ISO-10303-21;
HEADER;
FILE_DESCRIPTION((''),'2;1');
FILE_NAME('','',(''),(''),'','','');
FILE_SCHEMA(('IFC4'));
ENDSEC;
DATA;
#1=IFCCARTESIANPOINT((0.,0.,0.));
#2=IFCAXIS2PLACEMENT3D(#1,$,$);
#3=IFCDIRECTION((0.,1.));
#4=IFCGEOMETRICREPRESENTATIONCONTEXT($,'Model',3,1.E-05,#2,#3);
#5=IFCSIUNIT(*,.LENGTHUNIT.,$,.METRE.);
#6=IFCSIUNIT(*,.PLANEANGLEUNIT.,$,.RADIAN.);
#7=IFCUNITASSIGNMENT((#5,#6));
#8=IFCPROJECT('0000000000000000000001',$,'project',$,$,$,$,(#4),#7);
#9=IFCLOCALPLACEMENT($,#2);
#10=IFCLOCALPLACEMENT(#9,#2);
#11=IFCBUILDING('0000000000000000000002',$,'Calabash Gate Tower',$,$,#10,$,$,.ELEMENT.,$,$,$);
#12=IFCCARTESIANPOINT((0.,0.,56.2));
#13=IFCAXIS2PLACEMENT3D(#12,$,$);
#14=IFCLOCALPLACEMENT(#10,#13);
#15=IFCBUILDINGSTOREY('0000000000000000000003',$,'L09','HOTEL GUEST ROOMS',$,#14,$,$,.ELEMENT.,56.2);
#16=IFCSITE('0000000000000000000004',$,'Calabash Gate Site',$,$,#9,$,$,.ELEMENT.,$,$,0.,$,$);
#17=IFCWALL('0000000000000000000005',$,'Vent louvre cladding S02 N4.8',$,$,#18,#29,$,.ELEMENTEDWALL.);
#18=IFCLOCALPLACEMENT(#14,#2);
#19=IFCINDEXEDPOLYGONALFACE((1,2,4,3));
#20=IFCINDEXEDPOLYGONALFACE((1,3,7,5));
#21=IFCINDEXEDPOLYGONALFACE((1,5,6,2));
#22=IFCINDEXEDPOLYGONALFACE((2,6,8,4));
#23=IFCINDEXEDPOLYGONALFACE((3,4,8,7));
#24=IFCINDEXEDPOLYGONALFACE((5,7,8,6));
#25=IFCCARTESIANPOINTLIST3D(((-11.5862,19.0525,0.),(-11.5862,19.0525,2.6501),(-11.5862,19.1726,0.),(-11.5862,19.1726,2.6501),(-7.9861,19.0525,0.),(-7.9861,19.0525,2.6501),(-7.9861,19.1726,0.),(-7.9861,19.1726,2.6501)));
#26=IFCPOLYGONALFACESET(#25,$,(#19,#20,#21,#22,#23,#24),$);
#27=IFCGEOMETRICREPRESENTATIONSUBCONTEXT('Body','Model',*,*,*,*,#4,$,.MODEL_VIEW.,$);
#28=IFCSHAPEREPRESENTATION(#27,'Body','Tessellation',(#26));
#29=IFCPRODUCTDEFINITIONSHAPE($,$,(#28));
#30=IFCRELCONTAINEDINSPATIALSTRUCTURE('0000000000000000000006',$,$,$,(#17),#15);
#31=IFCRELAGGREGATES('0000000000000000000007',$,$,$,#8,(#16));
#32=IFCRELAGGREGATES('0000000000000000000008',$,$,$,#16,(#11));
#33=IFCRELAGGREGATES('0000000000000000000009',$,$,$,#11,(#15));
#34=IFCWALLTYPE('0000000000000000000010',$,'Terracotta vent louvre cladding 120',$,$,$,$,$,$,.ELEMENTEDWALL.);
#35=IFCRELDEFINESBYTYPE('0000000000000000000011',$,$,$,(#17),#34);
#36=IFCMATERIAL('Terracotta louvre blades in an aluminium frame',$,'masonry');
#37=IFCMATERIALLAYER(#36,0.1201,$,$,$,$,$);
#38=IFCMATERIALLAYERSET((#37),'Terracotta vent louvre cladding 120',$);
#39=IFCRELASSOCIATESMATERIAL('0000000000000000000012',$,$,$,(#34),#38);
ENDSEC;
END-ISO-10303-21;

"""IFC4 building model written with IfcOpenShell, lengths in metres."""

from ifc_helpers import new_model, si_unit, direction, frame, origin, place, context, subcontext, project, spatial, polyline, outline, extrude, material, layer, layer_set, type_object, element, save


model = new_model("IFC4")

# Units and contexts
model_context = context("Model", 3, precision=1e-05, world=origin(), true_north=direction((0.0, 1.0)))
body_context = subcontext(model_context, "Body", "Model", "MODEL_VIEW")
ifc_project = project(units=[si_unit("LENGTHUNIT", "METRE"), si_unit("PLANEANGLEUNIT", "RADIAN")], contexts=[model_context])

# Site, building, storey
site_placement = place(None, origin())
site = spatial("IfcSite", under=ifc_project, at=site_placement, Name="Calabash Gate Site", CompositionType="ELEMENT", RefElevation=0.0)
building_placement = place(site_placement, origin())
building = spatial("IfcBuilding", under=site, at=building_placement, Name="Calabash Gate Tower", CompositionType="ELEMENT")
storey_placement = place(building_placement, frame((0.0, 0.0, 56.2)))
storey = spatial("IfcBuildingStorey", under=building, at=storey_placement, Name="L09", Description="HOTEL GUEST ROOMS", CompositionType="ELEMENT", Elevation=56.2)

# Wall
ifc_material_1 = material(Name="Terracotta louvre blades in an aluminium frame", Category="masonry")
ifc_layer_1 = layer(ifc_material_1, 0.1201)
ifc_layer_set_1 = layer_set([ifc_layer_1], Name="Terracotta vent louvre cladding 120")
wall_type_1 = type_object("IfcWallType", Name="Terracotta vent louvre cladding 120", PredefinedType="ELEMENTEDWALL", material=ifc_layer_set_1)
wall_1_placement = place(storey_placement, origin())
element("IfcWall", 1, at=wall_1_placement, inside=storey, type_object=wall_type_1, Name="Vent louvre cladding S02 N4.8", PredefinedType="ELEMENTEDWALL", context=body_context, shape_type="SweptSolid", body=[
    extrude(outline(polyline([(-11.5862, 19.1726), (-11.5862, 19.0525), (-7.9861, 19.0525), (-7.9861, 19.1726), (-11.5862, 19.1726)])), origin(), (0.0, 0.0, 1.0), 2.6501),
])

save(model, "model.ifc")
